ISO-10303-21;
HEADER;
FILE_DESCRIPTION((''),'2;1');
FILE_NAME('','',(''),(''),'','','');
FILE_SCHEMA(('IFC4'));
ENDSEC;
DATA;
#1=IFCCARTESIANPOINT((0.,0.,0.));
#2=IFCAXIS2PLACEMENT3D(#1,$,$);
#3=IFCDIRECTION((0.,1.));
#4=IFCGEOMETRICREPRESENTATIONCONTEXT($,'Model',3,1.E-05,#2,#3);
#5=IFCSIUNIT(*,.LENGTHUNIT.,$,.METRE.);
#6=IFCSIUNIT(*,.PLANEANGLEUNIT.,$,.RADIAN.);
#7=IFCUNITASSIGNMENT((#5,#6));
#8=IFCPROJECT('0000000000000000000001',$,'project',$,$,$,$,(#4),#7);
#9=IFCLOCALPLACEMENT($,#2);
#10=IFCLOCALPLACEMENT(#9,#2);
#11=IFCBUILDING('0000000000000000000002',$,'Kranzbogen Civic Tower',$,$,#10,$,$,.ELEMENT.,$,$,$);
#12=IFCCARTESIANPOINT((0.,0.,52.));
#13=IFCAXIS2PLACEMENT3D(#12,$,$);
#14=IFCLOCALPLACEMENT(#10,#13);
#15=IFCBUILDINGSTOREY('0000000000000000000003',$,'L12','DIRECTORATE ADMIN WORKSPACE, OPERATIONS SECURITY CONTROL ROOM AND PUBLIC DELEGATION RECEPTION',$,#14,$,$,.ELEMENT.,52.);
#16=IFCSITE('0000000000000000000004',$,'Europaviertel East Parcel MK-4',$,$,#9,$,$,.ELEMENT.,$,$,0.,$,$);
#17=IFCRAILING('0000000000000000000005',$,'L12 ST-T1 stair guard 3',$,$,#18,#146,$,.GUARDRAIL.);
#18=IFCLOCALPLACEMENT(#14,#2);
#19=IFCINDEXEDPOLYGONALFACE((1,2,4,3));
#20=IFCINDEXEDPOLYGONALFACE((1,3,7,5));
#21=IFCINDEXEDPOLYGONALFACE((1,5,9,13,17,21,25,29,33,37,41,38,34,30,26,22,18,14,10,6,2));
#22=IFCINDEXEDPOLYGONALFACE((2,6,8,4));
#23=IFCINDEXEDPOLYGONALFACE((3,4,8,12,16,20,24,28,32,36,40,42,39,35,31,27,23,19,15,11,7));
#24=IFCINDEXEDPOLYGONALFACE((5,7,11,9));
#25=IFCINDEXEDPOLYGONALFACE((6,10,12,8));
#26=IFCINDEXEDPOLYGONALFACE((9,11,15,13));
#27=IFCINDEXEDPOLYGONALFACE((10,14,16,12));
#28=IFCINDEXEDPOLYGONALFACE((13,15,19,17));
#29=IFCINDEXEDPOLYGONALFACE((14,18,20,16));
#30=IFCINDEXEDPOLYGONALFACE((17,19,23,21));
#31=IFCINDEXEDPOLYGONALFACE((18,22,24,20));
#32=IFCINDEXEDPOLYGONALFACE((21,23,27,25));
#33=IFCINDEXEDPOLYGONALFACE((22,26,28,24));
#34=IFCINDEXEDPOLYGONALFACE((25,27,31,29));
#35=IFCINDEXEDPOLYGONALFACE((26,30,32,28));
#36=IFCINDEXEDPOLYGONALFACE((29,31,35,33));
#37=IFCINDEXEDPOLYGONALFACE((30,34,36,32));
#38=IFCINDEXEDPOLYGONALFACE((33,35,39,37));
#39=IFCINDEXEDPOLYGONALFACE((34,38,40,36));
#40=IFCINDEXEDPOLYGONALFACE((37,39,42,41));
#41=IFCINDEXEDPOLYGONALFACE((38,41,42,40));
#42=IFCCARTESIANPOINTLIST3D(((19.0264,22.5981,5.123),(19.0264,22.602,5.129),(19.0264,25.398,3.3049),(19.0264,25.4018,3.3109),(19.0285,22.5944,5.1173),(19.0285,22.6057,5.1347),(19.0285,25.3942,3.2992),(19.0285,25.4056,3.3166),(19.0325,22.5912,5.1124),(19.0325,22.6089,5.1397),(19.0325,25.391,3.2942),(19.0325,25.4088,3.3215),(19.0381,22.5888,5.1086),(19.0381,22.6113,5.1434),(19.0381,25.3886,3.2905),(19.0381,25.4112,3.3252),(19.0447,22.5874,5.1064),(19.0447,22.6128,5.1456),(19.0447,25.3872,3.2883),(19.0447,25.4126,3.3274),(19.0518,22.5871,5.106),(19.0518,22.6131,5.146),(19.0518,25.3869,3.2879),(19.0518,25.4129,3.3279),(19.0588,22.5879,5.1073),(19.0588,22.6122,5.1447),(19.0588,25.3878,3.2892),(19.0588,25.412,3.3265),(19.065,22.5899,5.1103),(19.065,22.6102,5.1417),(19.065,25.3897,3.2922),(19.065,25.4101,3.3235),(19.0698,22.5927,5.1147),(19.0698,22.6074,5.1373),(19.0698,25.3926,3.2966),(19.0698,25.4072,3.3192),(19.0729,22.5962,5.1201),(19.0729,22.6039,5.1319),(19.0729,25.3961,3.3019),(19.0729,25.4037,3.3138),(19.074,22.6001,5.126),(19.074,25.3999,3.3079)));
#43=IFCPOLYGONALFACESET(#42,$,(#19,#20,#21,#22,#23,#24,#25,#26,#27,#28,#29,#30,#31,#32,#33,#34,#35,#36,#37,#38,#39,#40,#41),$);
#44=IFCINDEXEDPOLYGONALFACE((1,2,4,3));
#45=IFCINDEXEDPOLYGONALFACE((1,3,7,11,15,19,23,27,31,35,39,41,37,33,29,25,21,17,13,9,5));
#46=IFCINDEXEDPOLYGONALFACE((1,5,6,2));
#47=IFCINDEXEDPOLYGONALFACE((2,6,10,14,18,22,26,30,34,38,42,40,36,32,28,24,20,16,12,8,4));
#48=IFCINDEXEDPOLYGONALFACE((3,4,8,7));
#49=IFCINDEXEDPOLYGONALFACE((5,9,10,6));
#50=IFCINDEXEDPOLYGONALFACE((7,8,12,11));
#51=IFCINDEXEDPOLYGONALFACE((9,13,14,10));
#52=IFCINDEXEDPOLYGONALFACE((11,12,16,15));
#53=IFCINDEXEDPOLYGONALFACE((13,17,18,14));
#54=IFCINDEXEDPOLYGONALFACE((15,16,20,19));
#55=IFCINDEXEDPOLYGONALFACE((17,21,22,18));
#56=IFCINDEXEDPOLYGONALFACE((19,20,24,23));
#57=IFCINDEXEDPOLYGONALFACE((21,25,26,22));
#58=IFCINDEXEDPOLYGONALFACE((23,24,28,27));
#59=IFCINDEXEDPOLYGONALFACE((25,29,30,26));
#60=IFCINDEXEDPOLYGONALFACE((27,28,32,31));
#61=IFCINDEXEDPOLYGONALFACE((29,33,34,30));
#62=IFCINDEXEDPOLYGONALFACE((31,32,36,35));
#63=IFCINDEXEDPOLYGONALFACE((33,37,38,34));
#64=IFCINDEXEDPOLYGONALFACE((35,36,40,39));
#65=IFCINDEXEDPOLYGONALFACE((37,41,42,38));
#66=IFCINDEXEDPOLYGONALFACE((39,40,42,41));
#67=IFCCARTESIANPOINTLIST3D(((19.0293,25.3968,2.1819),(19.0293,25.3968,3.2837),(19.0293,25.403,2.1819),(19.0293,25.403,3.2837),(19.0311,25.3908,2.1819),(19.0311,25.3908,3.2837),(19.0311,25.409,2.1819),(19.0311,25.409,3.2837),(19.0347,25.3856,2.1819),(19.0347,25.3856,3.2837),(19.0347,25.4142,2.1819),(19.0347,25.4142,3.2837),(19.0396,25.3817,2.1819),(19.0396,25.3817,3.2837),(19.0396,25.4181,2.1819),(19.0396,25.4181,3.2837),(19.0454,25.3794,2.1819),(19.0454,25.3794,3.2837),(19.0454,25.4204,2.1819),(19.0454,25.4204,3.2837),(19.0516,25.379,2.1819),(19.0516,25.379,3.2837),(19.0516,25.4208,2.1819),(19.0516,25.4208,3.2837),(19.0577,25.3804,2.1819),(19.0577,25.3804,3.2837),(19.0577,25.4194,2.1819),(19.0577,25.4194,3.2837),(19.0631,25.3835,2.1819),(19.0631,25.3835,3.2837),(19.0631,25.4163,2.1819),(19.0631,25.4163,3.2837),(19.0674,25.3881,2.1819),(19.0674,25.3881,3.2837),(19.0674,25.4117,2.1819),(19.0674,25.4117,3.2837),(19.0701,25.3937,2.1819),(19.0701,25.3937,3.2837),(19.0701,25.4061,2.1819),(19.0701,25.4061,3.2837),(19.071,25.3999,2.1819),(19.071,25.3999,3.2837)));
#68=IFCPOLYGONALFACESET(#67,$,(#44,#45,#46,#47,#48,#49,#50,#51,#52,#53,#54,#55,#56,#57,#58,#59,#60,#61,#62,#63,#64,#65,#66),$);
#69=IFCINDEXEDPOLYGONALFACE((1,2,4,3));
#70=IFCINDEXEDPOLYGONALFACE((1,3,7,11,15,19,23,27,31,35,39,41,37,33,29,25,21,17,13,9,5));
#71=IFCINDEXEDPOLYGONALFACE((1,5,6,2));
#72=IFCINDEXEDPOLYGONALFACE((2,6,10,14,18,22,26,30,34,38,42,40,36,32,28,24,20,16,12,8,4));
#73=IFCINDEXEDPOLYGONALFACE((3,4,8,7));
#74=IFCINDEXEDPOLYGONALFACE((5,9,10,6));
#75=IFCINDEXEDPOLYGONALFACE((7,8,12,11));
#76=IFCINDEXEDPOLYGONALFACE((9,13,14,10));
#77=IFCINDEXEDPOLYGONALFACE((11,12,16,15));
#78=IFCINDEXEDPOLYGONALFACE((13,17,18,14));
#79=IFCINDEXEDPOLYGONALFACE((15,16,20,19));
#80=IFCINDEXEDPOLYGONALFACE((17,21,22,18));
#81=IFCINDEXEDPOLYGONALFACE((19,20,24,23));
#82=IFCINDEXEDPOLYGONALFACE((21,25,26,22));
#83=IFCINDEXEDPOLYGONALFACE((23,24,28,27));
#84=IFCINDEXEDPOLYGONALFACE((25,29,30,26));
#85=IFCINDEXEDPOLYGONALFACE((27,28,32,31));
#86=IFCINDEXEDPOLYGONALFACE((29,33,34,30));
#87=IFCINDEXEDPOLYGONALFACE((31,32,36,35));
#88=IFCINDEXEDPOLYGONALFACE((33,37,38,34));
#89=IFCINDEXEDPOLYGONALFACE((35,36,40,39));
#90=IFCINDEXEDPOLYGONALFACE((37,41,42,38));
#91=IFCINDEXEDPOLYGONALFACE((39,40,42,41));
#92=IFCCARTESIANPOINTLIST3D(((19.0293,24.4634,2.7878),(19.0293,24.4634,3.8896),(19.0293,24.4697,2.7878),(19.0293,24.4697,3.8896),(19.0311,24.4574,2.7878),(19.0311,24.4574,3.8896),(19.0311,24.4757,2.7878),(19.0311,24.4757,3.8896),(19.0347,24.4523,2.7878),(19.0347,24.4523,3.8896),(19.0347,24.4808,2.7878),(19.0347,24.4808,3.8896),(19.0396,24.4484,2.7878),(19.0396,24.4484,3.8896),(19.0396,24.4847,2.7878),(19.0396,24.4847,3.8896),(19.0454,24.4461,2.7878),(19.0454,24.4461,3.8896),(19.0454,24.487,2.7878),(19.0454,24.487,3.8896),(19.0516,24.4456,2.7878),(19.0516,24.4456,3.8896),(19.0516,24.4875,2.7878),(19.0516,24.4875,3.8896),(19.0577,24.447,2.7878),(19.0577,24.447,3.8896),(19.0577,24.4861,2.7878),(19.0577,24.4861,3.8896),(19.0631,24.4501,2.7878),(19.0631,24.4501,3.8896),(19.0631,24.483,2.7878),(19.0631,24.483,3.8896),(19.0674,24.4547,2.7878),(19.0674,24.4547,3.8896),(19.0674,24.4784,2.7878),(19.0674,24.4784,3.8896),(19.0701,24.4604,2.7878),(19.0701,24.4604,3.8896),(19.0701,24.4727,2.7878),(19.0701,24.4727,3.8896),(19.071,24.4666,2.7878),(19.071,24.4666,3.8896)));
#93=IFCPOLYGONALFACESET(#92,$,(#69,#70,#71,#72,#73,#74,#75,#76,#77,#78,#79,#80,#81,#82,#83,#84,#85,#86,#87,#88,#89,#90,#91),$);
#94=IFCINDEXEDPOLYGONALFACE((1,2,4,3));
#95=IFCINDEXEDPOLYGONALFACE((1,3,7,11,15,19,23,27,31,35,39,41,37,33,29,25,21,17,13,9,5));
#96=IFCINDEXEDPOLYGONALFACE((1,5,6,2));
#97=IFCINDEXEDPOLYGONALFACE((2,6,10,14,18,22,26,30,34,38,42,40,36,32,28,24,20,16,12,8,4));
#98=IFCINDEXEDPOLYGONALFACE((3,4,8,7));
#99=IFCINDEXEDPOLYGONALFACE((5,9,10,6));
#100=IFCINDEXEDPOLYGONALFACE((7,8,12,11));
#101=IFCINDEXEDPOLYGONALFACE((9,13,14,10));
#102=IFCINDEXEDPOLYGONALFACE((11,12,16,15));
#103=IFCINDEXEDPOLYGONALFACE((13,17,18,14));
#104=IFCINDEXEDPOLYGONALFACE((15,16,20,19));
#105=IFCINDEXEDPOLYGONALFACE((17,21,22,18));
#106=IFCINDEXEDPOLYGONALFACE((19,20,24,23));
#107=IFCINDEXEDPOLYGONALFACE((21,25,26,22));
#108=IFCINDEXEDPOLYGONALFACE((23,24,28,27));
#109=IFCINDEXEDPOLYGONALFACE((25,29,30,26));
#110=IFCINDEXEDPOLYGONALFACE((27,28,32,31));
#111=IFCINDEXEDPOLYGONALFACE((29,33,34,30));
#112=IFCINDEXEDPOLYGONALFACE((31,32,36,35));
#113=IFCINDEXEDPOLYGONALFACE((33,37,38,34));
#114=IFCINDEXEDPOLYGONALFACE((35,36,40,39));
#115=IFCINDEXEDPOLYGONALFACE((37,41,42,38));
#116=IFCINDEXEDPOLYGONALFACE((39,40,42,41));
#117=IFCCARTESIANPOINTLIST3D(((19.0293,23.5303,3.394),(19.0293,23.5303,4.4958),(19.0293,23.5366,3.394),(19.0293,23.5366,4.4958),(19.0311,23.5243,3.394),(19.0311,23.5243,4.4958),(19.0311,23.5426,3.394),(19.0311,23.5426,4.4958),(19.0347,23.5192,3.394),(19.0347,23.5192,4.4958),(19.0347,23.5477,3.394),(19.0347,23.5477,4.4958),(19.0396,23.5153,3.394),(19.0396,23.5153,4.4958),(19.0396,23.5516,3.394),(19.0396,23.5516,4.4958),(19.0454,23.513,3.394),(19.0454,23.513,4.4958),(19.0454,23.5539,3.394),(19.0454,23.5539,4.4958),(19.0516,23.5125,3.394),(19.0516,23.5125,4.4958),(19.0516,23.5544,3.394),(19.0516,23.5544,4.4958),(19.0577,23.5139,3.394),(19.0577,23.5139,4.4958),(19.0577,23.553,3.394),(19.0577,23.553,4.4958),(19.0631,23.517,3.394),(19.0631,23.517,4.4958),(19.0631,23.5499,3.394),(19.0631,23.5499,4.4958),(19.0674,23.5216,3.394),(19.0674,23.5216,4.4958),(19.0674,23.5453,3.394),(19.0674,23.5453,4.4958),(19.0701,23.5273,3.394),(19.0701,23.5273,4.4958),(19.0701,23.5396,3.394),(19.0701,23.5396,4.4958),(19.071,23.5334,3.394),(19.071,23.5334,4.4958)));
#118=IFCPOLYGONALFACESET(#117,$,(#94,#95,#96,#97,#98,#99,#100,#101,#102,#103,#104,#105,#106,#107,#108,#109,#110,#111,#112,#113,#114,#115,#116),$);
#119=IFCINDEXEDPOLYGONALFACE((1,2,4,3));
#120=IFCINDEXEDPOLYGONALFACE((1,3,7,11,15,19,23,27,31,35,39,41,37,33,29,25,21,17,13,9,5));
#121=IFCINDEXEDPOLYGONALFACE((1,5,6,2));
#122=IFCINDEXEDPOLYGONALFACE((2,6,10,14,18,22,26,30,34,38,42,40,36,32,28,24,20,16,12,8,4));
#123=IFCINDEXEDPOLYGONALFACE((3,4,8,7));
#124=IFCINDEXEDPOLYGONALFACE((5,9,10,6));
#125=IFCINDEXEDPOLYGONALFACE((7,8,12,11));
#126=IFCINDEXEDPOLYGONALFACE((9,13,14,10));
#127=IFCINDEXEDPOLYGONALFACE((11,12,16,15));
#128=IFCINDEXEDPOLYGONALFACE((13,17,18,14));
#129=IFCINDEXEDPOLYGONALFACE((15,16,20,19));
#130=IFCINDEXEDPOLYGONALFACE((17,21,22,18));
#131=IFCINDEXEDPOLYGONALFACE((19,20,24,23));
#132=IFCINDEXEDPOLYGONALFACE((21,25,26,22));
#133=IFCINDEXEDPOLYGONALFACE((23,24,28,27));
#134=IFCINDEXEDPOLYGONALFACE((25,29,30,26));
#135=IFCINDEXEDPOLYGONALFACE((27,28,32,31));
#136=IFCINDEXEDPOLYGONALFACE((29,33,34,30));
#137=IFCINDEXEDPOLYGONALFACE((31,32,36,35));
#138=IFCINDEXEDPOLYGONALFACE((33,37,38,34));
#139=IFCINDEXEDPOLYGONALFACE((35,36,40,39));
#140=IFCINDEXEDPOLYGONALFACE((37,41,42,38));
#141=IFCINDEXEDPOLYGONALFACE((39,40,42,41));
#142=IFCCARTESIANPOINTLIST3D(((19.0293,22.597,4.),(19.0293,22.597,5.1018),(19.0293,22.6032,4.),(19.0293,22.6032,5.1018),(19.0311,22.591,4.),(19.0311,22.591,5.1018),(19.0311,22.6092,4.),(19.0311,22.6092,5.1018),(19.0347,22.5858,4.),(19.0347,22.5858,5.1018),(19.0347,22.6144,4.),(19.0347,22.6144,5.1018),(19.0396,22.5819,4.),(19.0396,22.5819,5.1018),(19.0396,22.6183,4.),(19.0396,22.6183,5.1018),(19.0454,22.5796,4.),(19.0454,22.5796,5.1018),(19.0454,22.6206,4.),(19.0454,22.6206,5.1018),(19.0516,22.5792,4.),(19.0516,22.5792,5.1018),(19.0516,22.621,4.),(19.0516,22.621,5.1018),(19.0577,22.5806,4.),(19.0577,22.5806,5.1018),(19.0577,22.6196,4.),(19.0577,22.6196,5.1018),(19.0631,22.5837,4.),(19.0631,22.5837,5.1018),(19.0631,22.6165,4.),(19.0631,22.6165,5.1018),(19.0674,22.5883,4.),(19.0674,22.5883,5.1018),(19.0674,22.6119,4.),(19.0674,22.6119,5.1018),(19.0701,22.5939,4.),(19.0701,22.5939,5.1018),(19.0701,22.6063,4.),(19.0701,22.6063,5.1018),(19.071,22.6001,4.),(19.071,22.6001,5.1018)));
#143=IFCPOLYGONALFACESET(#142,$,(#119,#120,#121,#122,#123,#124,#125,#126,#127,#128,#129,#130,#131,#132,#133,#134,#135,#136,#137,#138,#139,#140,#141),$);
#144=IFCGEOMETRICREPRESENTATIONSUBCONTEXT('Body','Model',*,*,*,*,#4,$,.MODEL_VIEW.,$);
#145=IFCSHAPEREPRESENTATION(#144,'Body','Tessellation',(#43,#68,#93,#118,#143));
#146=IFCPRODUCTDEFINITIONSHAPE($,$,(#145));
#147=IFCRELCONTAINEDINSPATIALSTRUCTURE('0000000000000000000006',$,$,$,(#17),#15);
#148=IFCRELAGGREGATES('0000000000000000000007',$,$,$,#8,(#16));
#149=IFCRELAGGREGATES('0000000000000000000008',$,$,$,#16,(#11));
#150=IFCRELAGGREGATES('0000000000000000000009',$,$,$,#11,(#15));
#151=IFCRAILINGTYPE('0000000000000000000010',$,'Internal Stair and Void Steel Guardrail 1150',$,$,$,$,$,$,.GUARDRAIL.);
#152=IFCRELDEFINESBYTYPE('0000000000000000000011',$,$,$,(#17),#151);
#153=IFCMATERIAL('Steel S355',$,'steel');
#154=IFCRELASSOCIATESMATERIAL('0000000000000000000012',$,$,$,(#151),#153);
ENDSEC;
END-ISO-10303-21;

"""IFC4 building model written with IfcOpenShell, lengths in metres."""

from ifc_helpers import new_model, si_unit, direction, frame, origin, origin_2d, place, context, subcontext, project, spatial, circle, extrude, material, type_object, element, save


model = new_model("IFC4")

# Units and contexts
model_context = context("Model", 3, precision=1e-05, world=origin(), true_north=direction((0.0, 1.0)))
body_context = subcontext(model_context, "Body", "Model", "MODEL_VIEW")
ifc_project = project(units=[si_unit("LENGTHUNIT", "METRE"), si_unit("PLANEANGLEUNIT", "RADIAN")], contexts=[model_context])

# Site, building, storey
site_placement = place(None, origin())
site = spatial("IfcSite", under=ifc_project, at=site_placement, Name="Europaviertel East Parcel MK-4", CompositionType="ELEMENT", RefElevation=0.0)
building_placement = place(site_placement, origin())
building = spatial("IfcBuilding", under=site, at=building_placement, Name="Kranzbogen Civic Tower", CompositionType="ELEMENT")
storey_placement = place(building_placement, frame((0.0, 0.0, 52.0)))
storey = spatial("IfcBuildingStorey", under=building, at=storey_placement, Name="L12", Description="DIRECTORATE ADMIN WORKSPACE, OPERATIONS SECURITY CONTROL ROOM AND PUBLIC DELEGATION RECEPTION", CompositionType="ELEMENT", Elevation=52.0)

# Shared definitions
ifc_material_1 = material(Name="Steel S355", Category="steel")

# Railing
railing_type_1 = type_object("IfcRailingType", Name="Internal Stair and Void Steel Guardrail 1150", PredefinedType="GUARDRAIL", material=ifc_material_1)
railing_1_placement = place(storey_placement, frame((19.05, 25.3999, 2.1819)))
element("IfcRailing", 1, at=railing_1_placement, inside=storey, type_object=railing_type_1, Name="L12 ST-T1 stair guard 3", PredefinedType="GUARDRAIL", context=body_context, shape_type="SweptSolid", body=[
    extrude(circle(Radius=0.0239, at=origin_2d()), frame((0.0, 0.0, 1.126), z_axis=(0.0, -0.838684, 0.544618), x_axis=(1.0, 0.0, 0.0)), (0.0, 0.0, 1.0), 3.3384),
    extrude(circle(Radius=0.021, at=origin_2d()), origin(), (0.0, 0.0, 1.0), 1.1018),
    extrude(circle(Radius=0.021, at=origin_2d()), frame((0.0, -0.9333, 0.606)), (0.0, 0.0, 1.0), 1.1018),
    extrude(circle(Radius=0.021, at=origin_2d()), frame((0.0, -1.8665, 1.2122)), (0.0, 0.0, 1.0), 1.1018),
    extrude(circle(Radius=0.021, at=origin_2d()), frame((0.0, -2.7998, 1.8181)), (0.0, 0.0, 1.0), 1.1018),
])

save(model, "model.ifc")
